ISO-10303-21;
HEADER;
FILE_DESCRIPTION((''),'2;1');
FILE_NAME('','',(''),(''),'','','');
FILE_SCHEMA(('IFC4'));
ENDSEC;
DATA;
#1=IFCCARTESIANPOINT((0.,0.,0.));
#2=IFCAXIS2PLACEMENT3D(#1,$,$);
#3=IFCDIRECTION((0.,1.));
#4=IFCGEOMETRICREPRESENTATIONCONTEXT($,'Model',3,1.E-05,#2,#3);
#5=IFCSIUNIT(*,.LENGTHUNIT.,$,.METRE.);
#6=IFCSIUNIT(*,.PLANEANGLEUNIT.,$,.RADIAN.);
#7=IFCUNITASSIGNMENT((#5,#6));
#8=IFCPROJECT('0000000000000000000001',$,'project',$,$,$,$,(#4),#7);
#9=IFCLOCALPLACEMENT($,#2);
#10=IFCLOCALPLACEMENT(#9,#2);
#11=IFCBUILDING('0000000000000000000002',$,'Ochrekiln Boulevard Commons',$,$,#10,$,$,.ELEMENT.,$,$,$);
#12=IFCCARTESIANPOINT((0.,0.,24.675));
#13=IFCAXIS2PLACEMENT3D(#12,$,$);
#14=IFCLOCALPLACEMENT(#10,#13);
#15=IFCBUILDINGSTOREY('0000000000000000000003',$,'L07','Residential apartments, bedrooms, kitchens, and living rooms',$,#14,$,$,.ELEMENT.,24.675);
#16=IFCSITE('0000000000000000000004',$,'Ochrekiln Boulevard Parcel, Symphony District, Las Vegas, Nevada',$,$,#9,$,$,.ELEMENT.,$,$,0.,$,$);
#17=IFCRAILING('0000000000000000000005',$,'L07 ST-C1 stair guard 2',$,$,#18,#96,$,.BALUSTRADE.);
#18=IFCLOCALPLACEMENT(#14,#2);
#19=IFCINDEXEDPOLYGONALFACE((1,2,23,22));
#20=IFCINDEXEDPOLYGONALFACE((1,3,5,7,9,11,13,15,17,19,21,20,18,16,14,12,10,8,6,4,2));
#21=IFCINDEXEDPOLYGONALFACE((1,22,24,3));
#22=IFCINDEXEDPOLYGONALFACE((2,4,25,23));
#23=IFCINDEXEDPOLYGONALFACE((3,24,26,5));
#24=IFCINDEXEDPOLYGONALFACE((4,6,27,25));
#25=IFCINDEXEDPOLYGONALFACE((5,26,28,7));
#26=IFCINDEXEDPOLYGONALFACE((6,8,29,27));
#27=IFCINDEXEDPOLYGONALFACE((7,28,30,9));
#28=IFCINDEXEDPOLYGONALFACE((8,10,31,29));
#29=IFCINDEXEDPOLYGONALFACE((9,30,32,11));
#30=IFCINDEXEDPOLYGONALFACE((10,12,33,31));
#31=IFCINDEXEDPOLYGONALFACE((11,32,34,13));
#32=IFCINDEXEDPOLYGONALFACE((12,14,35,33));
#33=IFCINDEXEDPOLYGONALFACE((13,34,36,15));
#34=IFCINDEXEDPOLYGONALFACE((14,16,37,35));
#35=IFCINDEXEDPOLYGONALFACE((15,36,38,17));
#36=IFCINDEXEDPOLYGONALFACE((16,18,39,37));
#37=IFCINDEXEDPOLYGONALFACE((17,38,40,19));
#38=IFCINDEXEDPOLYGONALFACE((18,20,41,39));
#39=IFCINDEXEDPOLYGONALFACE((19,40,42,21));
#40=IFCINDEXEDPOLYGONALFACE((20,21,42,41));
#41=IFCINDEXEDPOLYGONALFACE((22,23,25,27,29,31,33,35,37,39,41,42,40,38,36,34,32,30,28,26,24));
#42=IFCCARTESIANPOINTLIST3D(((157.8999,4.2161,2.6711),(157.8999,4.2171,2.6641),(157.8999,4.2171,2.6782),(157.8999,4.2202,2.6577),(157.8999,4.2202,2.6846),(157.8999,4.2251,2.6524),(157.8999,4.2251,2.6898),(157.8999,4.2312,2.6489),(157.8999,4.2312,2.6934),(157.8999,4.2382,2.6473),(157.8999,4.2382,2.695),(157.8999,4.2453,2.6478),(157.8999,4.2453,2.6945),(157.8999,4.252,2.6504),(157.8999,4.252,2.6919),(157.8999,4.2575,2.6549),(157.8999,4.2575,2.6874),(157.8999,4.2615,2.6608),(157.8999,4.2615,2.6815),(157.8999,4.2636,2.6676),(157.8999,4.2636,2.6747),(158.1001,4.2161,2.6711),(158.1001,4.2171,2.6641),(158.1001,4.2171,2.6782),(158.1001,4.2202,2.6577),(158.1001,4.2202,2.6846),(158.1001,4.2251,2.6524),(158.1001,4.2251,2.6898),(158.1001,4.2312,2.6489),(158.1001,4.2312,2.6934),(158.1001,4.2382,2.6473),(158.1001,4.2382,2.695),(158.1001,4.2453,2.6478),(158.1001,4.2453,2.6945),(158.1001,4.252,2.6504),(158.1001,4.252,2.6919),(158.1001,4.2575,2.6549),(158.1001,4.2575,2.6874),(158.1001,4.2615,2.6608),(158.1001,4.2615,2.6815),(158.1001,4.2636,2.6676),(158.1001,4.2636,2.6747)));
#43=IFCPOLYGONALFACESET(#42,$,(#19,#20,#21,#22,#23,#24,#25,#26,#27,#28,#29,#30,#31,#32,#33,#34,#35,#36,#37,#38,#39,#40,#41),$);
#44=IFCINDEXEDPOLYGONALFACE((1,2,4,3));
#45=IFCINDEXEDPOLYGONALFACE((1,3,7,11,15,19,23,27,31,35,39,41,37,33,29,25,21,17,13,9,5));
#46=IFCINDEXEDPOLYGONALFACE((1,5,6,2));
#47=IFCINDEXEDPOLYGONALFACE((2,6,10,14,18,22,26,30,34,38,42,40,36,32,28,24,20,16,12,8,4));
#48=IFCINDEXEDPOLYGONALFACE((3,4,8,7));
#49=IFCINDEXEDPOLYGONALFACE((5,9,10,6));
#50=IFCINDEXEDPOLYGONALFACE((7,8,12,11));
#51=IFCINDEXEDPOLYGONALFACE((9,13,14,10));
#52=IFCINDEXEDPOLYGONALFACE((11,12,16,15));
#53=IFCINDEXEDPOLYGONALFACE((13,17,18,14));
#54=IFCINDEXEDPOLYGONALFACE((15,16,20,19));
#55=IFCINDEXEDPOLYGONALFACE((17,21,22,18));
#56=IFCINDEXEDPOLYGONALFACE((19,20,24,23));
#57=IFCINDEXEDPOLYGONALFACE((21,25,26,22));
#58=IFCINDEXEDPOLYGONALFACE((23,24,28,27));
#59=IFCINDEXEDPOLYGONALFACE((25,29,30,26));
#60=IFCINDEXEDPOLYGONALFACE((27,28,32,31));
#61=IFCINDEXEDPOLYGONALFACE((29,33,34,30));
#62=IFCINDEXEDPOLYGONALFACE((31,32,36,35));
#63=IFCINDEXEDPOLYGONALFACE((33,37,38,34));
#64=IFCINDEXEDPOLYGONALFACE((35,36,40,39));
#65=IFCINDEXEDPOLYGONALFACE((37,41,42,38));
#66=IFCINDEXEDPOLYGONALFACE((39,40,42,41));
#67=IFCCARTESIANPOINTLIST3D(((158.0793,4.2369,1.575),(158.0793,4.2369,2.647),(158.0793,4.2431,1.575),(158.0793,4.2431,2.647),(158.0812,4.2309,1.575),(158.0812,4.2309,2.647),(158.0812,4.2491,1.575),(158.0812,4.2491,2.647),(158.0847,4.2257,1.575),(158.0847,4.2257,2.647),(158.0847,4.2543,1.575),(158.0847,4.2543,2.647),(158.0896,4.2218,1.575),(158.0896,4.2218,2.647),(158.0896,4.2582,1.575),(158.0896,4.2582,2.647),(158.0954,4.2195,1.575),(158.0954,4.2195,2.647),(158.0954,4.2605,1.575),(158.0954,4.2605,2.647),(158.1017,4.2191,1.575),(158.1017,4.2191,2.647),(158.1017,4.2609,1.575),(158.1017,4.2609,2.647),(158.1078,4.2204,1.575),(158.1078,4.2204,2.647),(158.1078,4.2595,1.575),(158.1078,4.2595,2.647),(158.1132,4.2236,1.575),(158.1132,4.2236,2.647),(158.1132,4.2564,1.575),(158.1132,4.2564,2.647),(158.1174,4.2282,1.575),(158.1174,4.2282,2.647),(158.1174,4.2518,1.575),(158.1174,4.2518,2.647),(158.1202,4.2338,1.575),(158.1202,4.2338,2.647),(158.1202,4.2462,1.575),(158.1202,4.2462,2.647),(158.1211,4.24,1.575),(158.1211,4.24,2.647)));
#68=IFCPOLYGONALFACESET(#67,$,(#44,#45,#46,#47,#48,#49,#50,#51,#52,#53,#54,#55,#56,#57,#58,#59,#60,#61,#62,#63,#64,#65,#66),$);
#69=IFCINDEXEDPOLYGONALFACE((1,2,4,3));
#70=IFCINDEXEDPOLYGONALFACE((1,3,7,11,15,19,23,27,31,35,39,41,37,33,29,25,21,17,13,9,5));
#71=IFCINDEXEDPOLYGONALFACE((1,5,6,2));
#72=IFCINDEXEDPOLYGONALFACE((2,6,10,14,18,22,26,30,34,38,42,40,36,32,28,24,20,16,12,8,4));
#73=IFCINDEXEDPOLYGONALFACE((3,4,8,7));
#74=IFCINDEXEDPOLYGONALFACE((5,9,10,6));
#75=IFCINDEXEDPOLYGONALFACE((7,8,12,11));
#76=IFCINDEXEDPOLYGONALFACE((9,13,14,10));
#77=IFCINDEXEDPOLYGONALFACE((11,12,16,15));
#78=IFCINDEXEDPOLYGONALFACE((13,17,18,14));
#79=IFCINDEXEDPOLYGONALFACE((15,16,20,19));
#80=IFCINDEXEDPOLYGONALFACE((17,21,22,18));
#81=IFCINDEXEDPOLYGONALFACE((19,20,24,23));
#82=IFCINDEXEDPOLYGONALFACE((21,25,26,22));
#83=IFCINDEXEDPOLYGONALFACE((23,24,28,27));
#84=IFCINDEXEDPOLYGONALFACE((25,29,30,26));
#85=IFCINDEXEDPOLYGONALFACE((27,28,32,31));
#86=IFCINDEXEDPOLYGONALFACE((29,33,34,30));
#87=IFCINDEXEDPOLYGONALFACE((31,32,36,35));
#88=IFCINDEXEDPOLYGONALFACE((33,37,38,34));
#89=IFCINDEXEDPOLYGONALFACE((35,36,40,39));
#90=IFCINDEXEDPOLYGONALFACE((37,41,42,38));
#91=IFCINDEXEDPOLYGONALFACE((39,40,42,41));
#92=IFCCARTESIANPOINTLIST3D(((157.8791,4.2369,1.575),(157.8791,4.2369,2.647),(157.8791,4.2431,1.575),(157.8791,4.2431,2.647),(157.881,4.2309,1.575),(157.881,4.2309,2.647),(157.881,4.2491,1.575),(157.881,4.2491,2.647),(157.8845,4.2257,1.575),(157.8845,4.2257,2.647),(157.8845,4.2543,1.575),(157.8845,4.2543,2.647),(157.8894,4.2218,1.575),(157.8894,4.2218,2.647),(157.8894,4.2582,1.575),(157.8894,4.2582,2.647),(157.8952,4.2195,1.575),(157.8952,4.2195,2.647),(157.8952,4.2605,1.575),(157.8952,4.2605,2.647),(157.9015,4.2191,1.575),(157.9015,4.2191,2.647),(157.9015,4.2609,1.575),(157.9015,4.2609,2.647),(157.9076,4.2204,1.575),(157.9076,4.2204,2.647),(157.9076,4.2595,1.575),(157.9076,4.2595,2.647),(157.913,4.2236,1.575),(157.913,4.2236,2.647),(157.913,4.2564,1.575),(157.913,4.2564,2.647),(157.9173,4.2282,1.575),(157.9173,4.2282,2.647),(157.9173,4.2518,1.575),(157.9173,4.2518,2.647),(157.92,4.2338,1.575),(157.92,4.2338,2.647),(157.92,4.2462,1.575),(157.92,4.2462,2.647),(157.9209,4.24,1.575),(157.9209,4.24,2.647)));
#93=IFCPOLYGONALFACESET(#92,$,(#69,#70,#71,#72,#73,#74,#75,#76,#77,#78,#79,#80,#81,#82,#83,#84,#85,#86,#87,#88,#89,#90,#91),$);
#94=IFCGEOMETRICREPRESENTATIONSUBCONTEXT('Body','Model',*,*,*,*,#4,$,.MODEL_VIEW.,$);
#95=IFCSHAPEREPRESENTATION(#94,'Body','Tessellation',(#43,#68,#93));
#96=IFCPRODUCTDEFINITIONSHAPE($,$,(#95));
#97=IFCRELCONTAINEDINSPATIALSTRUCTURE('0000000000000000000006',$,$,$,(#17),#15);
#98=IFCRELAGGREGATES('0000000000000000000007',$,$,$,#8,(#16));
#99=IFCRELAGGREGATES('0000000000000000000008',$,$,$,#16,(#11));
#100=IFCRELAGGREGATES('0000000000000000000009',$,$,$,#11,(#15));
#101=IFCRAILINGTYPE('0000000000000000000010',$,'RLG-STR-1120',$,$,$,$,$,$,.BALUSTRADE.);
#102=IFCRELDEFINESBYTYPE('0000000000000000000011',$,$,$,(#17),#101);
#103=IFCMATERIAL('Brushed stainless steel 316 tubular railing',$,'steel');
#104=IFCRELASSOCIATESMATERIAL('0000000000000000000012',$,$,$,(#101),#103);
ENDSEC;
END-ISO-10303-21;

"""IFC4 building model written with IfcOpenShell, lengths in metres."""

from ifc_helpers import new_model, si_unit, direction, frame, origin, origin_2d, place, context, subcontext, project, spatial, circle, extrude, material, type_object, element, save


model = new_model("IFC4")

# Units and contexts
model_context = context("Model", 3, precision=1e-05, world=origin(), true_north=direction((0.0, 1.0)))
body_context = subcontext(model_context, "Body", "Model", "MODEL_VIEW")
ifc_project = project(units=[si_unit("LENGTHUNIT", "METRE"), si_unit("PLANEANGLEUNIT", "RADIAN")], contexts=[model_context])

# Site, building, storey
site_placement = place(None, origin())
site = spatial("IfcSite", under=ifc_project, at=site_placement, Name="Ochrekiln Boulevard Parcel, Symphony District, Las Vegas, Nevada", CompositionType="ELEMENT", RefElevation=0.0)
building_placement = place(site_placement, origin())
building = spatial("IfcBuilding", under=site, at=building_placement, Name="Ochrekiln Boulevard Commons", CompositionType="ELEMENT")
storey_placement = place(building_placement, frame((0.0, 0.0, 24.675)))
storey = spatial("IfcBuildingStorey", under=building, at=storey_placement, Name="L07", Description="Residential apartments, bedrooms, kitchens, and living rooms", CompositionType="ELEMENT", Elevation=24.675)

# Railing
ifc_material_1 = material(Name="Brushed stainless steel 316 tubular railing", Category="steel")
railing_type_1 = type_object("IfcRailingType", Name="RLG-STR-1120", PredefinedType="BALUSTRADE", material=ifc_material_1)
railing_1_placement = place(storey_placement, frame((158.1001, 4.24, 1.575)))
element("IfcRailing", 1, at=railing_1_placement, inside=storey, type_object=railing_type_1, Name="L07 ST-C1 stair guard 2", PredefinedType="BALUSTRADE", context=body_context, shape_type="SweptSolid", body=[
    extrude(circle(Radius=0.0239, at=origin_2d()), frame((0.0, 0.0, 1.0962), z_axis=(-1.0, 0.0, 0.0), x_axis=(0.0, -1.0, 0.0)), (0.0, 0.0, 1.0), 0.2002),
    extrude(circle(Radius=0.021, at=origin_2d()), origin(), (0.0, 0.0, 1.0), 1.072),
    extrude(circle(Radius=0.021, at=origin_2d()), frame((-0.2002, 0.0, 0.0)), (0.0, 0.0, 1.0), 1.072),
])

save(model, "model.ifc")
